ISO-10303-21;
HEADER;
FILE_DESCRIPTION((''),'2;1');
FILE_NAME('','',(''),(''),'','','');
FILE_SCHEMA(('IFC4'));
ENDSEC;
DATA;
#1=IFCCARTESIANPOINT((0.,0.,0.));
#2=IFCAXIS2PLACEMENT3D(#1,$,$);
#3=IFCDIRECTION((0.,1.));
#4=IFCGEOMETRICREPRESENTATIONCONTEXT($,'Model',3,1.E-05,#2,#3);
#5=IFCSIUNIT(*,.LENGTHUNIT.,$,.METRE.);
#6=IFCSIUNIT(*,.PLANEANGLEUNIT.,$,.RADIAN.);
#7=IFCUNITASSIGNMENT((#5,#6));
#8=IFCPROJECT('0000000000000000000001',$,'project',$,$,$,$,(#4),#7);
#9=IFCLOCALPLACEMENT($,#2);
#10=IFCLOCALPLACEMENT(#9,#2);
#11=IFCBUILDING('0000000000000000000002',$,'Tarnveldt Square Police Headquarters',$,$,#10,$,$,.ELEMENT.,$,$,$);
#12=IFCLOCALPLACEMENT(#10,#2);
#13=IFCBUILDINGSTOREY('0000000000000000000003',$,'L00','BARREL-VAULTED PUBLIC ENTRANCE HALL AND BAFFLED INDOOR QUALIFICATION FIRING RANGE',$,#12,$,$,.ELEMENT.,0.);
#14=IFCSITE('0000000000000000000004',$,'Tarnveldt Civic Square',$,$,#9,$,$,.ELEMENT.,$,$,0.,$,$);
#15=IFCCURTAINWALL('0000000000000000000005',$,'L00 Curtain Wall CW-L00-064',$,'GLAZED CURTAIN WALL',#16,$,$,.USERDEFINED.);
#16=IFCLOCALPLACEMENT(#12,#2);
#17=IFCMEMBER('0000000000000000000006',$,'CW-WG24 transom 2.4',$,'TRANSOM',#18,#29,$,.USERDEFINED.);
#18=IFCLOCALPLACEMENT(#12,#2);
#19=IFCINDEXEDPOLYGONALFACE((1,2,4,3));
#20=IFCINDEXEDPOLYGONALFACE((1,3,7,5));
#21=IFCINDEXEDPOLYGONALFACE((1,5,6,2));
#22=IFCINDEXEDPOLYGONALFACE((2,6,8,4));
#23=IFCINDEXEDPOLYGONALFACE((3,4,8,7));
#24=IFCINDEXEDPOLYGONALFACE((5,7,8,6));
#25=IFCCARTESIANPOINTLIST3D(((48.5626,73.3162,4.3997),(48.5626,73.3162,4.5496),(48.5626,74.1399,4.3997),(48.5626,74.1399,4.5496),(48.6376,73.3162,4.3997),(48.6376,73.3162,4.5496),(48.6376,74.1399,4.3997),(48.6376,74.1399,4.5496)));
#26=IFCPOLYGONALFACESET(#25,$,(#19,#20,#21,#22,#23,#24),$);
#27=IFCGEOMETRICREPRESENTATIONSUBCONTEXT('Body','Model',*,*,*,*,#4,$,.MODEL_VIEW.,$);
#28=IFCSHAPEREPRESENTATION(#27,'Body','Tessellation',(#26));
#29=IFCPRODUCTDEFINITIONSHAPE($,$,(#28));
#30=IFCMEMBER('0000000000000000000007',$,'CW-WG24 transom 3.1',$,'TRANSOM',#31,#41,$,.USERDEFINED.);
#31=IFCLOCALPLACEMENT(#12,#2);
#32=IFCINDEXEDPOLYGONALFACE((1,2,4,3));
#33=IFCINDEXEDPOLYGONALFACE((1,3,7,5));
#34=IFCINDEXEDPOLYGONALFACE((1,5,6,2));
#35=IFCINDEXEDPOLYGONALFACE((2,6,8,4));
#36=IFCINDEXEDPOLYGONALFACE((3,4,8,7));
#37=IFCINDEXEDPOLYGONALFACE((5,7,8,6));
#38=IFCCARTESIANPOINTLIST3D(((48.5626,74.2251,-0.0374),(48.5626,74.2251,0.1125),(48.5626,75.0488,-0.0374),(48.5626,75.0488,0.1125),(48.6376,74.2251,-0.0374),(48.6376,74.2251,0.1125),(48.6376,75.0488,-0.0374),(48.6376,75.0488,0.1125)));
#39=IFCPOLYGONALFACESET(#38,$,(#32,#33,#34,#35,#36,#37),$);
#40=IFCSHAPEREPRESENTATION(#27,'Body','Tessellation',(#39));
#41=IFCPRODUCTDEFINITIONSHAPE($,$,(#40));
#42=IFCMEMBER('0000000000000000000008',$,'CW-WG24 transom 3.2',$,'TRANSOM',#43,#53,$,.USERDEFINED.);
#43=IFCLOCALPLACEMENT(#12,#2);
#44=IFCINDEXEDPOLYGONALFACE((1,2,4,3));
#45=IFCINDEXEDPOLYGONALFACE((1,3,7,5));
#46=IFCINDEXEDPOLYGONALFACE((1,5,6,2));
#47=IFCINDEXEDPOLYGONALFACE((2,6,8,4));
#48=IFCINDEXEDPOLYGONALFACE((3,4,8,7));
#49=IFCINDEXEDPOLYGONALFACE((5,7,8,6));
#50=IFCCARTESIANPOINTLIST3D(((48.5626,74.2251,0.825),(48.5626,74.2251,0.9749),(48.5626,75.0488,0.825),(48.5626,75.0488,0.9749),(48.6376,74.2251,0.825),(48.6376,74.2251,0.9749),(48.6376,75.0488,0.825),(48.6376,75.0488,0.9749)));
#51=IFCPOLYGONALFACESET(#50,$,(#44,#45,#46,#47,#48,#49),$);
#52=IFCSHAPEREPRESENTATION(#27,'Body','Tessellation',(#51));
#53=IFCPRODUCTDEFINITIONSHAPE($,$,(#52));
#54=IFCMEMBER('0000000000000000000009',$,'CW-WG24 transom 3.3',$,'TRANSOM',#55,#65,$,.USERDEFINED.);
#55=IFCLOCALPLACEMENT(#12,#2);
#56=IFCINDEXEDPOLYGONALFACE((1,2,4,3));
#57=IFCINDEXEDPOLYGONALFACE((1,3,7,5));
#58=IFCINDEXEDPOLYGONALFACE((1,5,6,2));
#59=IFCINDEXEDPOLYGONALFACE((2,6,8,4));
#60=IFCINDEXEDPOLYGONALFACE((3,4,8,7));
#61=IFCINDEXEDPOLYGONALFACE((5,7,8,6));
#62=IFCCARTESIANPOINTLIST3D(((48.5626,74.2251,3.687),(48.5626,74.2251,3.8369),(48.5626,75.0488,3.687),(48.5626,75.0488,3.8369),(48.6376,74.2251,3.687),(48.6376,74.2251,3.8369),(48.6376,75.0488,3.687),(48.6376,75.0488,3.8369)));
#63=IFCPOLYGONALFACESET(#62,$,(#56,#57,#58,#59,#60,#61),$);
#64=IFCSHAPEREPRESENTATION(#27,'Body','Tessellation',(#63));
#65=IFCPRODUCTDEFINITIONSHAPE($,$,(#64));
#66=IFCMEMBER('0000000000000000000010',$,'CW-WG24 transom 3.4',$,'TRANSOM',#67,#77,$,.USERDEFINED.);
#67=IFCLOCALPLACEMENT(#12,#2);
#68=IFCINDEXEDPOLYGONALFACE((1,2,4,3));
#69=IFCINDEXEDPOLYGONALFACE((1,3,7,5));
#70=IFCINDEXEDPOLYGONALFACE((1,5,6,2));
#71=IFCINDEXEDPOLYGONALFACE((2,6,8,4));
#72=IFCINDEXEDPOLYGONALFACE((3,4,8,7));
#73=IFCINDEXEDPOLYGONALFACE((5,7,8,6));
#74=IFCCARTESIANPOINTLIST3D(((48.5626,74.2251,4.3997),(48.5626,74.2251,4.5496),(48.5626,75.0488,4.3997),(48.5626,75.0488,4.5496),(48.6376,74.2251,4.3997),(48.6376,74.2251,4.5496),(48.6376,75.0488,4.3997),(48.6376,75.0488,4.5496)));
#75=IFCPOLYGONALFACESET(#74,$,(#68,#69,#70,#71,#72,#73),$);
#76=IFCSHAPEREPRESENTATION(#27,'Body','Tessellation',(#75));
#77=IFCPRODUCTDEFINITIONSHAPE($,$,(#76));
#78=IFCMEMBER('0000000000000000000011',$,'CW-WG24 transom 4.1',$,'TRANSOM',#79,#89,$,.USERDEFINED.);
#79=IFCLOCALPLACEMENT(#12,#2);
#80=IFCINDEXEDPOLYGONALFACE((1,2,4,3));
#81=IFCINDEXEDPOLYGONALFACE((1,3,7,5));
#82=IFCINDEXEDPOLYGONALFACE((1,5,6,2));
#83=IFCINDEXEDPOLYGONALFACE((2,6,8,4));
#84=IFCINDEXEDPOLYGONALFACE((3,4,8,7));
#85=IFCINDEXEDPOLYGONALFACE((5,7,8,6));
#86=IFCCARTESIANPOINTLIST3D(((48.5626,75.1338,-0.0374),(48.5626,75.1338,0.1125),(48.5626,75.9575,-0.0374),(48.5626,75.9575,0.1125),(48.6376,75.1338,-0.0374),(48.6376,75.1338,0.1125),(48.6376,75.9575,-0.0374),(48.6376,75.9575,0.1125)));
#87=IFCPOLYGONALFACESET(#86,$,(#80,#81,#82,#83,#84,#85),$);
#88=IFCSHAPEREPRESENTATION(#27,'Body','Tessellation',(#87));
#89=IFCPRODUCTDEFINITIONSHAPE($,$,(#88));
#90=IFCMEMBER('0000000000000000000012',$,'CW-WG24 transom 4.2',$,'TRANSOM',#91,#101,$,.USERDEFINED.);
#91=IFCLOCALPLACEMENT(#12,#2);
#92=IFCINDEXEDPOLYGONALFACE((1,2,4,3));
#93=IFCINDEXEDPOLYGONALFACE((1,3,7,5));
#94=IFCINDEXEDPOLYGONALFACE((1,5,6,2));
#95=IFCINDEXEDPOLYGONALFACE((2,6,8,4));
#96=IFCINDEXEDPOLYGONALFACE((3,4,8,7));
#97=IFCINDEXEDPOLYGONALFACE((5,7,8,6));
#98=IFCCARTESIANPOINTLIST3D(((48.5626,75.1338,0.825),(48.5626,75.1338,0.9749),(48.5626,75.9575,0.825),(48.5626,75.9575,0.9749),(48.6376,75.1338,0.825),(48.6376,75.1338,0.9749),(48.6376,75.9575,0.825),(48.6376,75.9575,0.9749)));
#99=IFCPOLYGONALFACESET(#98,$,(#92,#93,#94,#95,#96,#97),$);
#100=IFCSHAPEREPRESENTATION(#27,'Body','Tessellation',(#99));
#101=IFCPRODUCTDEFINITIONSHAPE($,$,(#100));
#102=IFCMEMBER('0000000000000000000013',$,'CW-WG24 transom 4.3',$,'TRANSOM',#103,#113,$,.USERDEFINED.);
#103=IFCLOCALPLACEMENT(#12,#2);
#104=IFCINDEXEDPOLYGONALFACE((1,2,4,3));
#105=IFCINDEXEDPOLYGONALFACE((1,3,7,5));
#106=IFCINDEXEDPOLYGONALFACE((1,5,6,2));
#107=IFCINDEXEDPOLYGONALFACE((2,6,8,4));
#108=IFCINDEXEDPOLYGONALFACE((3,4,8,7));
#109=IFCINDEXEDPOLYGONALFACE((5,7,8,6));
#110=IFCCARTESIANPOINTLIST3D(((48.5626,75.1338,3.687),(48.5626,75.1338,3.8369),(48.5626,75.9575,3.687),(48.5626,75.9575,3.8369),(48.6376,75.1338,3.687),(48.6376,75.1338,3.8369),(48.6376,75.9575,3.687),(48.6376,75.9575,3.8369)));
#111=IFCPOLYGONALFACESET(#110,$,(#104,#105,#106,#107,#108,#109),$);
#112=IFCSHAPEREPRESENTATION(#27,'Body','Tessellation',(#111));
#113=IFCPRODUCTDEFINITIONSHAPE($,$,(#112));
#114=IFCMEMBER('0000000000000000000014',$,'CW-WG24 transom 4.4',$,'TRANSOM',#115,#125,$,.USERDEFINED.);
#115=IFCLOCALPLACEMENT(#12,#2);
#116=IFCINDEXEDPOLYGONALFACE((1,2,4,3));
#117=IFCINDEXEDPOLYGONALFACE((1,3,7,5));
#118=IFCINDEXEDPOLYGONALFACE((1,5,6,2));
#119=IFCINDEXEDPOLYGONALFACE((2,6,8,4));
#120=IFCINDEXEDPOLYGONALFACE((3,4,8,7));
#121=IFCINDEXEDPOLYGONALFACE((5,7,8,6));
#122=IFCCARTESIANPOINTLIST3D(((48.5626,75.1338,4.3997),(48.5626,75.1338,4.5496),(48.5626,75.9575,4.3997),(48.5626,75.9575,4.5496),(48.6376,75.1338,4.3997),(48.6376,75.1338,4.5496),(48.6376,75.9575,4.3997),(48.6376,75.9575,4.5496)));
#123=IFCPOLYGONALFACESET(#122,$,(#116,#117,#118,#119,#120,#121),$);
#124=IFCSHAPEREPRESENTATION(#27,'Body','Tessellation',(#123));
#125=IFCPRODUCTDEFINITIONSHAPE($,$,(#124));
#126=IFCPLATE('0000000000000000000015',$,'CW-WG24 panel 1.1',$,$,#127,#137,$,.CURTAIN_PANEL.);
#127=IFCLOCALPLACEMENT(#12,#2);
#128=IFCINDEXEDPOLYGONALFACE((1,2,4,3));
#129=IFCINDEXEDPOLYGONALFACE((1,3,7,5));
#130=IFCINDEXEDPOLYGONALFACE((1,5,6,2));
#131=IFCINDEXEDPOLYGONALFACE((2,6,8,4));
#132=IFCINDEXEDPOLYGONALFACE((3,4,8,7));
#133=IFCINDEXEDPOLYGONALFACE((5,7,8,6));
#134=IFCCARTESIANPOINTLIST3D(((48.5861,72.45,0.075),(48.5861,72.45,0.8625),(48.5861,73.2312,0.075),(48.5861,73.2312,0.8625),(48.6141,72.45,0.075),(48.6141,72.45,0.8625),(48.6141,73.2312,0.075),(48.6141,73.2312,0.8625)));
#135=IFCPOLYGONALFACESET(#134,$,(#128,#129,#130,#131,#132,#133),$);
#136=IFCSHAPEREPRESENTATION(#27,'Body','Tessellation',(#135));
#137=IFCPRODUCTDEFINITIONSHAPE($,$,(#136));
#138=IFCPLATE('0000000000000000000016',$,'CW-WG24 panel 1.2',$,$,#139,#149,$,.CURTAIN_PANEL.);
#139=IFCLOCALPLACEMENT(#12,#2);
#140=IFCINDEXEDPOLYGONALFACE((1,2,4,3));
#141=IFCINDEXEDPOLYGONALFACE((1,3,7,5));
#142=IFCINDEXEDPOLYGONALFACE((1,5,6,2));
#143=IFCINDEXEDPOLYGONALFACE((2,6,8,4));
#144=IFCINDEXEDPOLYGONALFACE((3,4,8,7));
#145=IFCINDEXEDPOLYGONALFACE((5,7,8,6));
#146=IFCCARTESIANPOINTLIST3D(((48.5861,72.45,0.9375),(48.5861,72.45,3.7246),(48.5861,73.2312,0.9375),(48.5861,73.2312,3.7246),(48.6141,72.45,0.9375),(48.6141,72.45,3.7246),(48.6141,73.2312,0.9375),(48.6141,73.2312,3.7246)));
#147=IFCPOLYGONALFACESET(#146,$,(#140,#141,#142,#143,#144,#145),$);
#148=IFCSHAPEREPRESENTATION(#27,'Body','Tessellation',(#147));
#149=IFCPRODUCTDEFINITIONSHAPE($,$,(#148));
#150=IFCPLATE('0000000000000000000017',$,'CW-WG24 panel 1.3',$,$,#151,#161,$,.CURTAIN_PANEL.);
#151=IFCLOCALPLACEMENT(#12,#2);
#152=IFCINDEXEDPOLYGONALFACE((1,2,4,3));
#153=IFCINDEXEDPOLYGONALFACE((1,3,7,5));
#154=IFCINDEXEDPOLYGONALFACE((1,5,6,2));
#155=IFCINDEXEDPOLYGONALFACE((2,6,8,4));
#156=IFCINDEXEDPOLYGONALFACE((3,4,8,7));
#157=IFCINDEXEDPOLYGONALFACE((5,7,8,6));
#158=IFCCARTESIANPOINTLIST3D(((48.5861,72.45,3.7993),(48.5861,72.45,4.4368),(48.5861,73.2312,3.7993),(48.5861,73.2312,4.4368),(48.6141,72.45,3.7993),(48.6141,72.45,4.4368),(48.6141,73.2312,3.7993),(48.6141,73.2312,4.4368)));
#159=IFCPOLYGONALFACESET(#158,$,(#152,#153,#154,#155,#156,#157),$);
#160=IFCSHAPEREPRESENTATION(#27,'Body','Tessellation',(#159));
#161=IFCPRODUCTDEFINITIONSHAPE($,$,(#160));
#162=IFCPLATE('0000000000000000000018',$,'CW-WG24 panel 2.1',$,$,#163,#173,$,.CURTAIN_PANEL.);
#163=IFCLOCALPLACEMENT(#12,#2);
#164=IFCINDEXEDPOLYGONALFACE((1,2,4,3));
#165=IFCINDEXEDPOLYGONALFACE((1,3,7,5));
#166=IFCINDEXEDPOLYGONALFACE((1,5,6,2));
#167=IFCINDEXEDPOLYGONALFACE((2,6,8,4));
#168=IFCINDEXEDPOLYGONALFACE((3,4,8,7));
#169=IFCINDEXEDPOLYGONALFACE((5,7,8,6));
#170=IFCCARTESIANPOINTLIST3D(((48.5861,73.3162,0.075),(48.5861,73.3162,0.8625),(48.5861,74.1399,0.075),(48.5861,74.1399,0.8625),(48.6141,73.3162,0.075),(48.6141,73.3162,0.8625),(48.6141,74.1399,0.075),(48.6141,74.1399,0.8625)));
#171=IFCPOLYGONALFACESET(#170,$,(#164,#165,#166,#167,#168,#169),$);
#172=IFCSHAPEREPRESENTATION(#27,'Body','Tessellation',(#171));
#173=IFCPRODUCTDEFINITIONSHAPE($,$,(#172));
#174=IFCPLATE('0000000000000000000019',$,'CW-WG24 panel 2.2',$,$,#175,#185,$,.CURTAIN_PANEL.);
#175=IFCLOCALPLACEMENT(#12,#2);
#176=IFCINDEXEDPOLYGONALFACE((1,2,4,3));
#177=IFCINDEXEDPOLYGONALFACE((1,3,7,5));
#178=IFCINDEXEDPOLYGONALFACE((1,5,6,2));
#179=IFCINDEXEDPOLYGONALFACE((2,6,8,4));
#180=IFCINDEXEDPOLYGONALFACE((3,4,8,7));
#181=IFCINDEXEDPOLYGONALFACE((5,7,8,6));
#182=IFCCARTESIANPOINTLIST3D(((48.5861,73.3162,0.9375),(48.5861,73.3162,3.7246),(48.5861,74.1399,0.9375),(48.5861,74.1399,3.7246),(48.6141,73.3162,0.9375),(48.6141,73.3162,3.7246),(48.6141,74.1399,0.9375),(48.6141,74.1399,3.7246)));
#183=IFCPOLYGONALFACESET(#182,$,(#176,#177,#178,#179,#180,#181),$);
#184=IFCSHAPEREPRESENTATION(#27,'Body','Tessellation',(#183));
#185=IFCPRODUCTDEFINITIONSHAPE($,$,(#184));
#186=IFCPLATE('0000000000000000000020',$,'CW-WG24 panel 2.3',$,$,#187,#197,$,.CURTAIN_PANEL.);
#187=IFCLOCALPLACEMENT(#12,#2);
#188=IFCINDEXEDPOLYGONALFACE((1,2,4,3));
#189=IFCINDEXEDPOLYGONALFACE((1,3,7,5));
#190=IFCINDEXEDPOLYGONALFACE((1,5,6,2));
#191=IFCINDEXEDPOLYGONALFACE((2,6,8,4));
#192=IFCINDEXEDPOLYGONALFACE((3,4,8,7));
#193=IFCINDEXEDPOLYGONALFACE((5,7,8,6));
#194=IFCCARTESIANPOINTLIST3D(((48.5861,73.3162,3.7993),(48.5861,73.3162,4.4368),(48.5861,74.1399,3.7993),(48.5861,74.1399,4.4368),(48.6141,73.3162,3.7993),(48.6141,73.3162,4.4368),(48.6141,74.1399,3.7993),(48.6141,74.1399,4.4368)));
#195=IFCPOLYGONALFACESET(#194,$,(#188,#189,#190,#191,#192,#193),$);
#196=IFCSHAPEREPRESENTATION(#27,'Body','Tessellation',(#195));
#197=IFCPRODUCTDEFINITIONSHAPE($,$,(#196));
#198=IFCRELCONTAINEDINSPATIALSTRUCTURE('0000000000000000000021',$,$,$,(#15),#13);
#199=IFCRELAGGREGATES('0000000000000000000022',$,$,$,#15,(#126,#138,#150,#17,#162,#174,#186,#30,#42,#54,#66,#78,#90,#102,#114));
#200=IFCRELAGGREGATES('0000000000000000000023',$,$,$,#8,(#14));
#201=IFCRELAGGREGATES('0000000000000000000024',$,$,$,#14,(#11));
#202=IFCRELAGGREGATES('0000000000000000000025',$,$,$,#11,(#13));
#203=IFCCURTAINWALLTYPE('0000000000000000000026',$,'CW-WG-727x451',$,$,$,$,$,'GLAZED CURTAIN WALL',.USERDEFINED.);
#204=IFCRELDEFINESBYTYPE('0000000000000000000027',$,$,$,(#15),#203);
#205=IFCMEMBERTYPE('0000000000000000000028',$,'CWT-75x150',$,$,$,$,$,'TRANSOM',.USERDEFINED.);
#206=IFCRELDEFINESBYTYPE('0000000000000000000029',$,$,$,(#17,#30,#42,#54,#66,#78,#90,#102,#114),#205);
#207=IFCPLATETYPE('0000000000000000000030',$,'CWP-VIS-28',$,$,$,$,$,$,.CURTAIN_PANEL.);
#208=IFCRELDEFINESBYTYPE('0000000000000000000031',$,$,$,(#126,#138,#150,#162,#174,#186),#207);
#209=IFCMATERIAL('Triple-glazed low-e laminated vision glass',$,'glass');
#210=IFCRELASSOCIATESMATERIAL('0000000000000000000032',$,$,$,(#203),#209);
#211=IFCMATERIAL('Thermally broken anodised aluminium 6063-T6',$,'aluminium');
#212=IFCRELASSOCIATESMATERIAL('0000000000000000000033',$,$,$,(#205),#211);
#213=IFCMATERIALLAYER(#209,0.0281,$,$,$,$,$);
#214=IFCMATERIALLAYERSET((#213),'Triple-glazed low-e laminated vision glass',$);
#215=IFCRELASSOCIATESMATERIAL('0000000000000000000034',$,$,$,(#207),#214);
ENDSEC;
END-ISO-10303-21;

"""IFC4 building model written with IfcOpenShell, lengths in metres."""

from ifc_helpers import new_model, si_unit, direction, frame, origin, origin_2d, place, context, subcontext, project, spatial, rectangle, extrude, material, layer, layer_set, material_profile, profile_set, type_object, element, aggregate, save


model = new_model("IFC4")

# Units and contexts
model_context = context("Model", 3, precision=1e-05, world=origin(), true_north=direction((0.0, 1.0)))
body_context = subcontext(model_context, "Body", "Model", "MODEL_VIEW")
ifc_project = project(units=[si_unit("LENGTHUNIT", "METRE"), si_unit("PLANEANGLEUNIT", "RADIAN")], contexts=[model_context])

# Site, building, storey
site_placement = place(None, origin())
site = spatial("IfcSite", under=ifc_project, at=site_placement, Name="Tarnveldt Civic Square", CompositionType="ELEMENT", RefElevation=0.0)
building_placement = place(site_placement, origin())
building = spatial("IfcBuilding", under=site, at=building_placement, Name="Tarnveldt Square Police Headquarters", CompositionType="ELEMENT")
storey_placement = place(building_placement, origin())
storey = spatial("IfcBuildingStorey", under=building, at=storey_placement, Name="L00", Description="BARREL-VAULTED PUBLIC ENTRANCE HALL AND BAFFLED INDOOR QUALIFICATION FIRING RANGE", CompositionType="ELEMENT", Elevation=0.0)

# Curtain wall, members, plates
ifc_material_1 = material(Name="Triple-glazed low-e laminated vision glass", Category="glass")
curtain_wall_type = type_object("IfcCurtainWallType", Name="CW-WG-727x451", ElementType="GLAZED CURTAIN WALL", PredefinedType="USERDEFINED", material=ifc_material_1)
curtain_wall_placement = place(storey_placement, origin())
curtain_wall = element("IfcCurtainWall", 1, at=curtain_wall_placement, inside=storey, type_object=curtain_wall_type, Name="L00 Curtain Wall CW-L00-064", ObjectType="GLAZED CURTAIN WALL", PredefinedType="USERDEFINED")
ifc_material_2 = material(Name="Thermally broken anodised aluminium 6063-T6", Category="aluminium")
ifc_material_profile_1 = material_profile(ifc_material_2, rectangle(XDim=0.075, YDim=0.1499, at=origin_2d()), Name="CW-T75x150")
ifc_profile_set_1 = profile_set([ifc_material_profile_1], Name="Thermally broken anodised aluminium 6063-T6")
member_type_1 = type_object("IfcMemberType", Name="CWT-75x150", ElementType="TRANSOM", PredefinedType="USERDEFINED", material=ifc_profile_set_1)
member_1_placement = place(storey_placement, frame((48.6001, 73.3162, 4.4746), z_axis=(0.0, 1.0, 0.0), x_axis=(-1.0, 0.0, 0.0)))
member_1 = element("IfcMember", 2, at=member_1_placement, type_object=member_type_1, Name="CW-WG24 transom 2.4", ObjectType="TRANSOM", PredefinedType="USERDEFINED", context=body_context, shape_type="SweptSolid", body=[
    extrude(rectangle(XDim=0.075, YDim=0.1499, at=origin_2d()), origin(), (0.0, 0.0, 1.0), 0.8237),
])
member_2_placement = place(storey_placement, frame((48.6001, 74.2251, 0.0376), z_axis=(0.0, 1.0, 0.0), x_axis=(-1.0, 0.0, 0.0)))
member_2 = element("IfcMember", 3, at=member_2_placement, type_object=member_type_1, Name="CW-WG24 transom 3.1", ObjectType="TRANSOM", PredefinedType="USERDEFINED", context=body_context, shape_type="SweptSolid", body=[
    extrude(rectangle(XDim=0.075, YDim=0.1499, at=origin_2d()), origin(), (0.0, 0.0, 1.0), 0.8237),
])
member_3_placement = place(storey_placement, frame((48.6001, 74.2251, 0.8999), z_axis=(0.0, 1.0, 0.0), x_axis=(-1.0, 0.0, 0.0)))
member_3 = element("IfcMember", 4, at=member_3_placement, type_object=member_type_1, Name="CW-WG24 transom 3.2", ObjectType="TRANSOM", PredefinedType="USERDEFINED", context=body_context, shape_type="SweptSolid", body=[
    extrude(rectangle(XDim=0.075, YDim=0.1499, at=origin_2d()), origin(), (0.0, 0.0, 1.0), 0.8237),
])
member_4_placement = place(storey_placement, frame((48.6001, 74.2251, 3.762), z_axis=(0.0, 1.0, 0.0), x_axis=(-1.0, 0.0, 0.0)))
member_4 = element("IfcMember", 5, at=member_4_placement, type_object=member_type_1, Name="CW-WG24 transom 3.3", ObjectType="TRANSOM", PredefinedType="USERDEFINED", context=body_context, shape_type="SweptSolid", body=[
    extrude(rectangle(XDim=0.075, YDim=0.1499, at=origin_2d()), origin(), (0.0, 0.0, 1.0), 0.8237),
])
member_5_placement = place(storey_placement, frame((48.6001, 74.2251, 4.4746), z_axis=(0.0, 1.0, 0.0), x_axis=(-1.0, 0.0, 0.0)))
member_5 = element("IfcMember", 6, at=member_5_placement, type_object=member_type_1, Name="CW-WG24 transom 3.4", ObjectType="TRANSOM", PredefinedType="USERDEFINED", context=body_context, shape_type="SweptSolid", body=[
    extrude(rectangle(XDim=0.075, YDim=0.1499, at=origin_2d()), origin(), (0.0, 0.0, 1.0), 0.8237),
])
member_6_placement = place(storey_placement, frame((48.6001, 75.1338, 0.0376), z_axis=(0.0, 1.0, 0.0), x_axis=(-1.0, 0.0, 0.0)))
member_6 = element("IfcMember", 7, at=member_6_placement, type_object=member_type_1, Name="CW-WG24 transom 4.1", ObjectType="TRANSOM", PredefinedType="USERDEFINED", context=body_context, shape_type="SweptSolid", body=[
    extrude(rectangle(XDim=0.075, YDim=0.1499, at=origin_2d()), origin(), (0.0, 0.0, 1.0), 0.8237),
])
member_7_placement = place(storey_placement, frame((48.6001, 75.1338, 0.8999), z_axis=(0.0, 1.0, 0.0), x_axis=(-1.0, 0.0, 0.0)))
member_7 = element("IfcMember", 8, at=member_7_placement, type_object=member_type_1, Name="CW-WG24 transom 4.2", ObjectType="TRANSOM", PredefinedType="USERDEFINED", context=body_context, shape_type="SweptSolid", body=[
    extrude(rectangle(XDim=0.075, YDim=0.1499, at=origin_2d()), origin(), (0.0, 0.0, 1.0), 0.8237),
])
member_8_placement = place(storey_placement, frame((48.6001, 75.1338, 3.762), z_axis=(0.0, 1.0, 0.0), x_axis=(-1.0, 0.0, 0.0)))
member_8 = element("IfcMember", 9, at=member_8_placement, type_object=member_type_1, Name="CW-WG24 transom 4.3", ObjectType="TRANSOM", PredefinedType="USERDEFINED", context=body_context, shape_type="SweptSolid", body=[
    extrude(rectangle(XDim=0.075, YDim=0.1499, at=origin_2d()), origin(), (0.0, 0.0, 1.0), 0.8237),
])
member_9_placement = place(storey_placement, frame((48.6001, 75.1338, 4.4746), z_axis=(0.0, 1.0, 0.0), x_axis=(-1.0, 0.0, 0.0)))
member_9 = element("IfcMember", 10, at=member_9_placement, type_object=member_type_1, Name="CW-WG24 transom 4.4", ObjectType="TRANSOM", PredefinedType="USERDEFINED", context=body_context, shape_type="SweptSolid", body=[
    extrude(rectangle(XDim=0.075, YDim=0.1499, at=origin_2d()), origin(), (0.0, 0.0, 1.0), 0.8237),
])
ifc_layer = layer(ifc_material_1, 0.0281)
ifc_layer_set = layer_set([ifc_layer], Name="Triple-glazed low-e laminated vision glass")
plate_type = type_object("IfcPlateType", Name="CWP-VIS-28", PredefinedType="CURTAIN_PANEL", material=ifc_layer_set)
plate_1_placement = place(storey_placement, frame((48.6001, 72.8406, 0.075), z_axis=(0.0, 0.0, 1.0), x_axis=(0.0, 1.0, 0.0)))
plate_1 = element("IfcPlate", 11, at=plate_1_placement, type_object=plate_type, Name="CW-WG24 panel 1.1", PredefinedType="CURTAIN_PANEL", context=body_context, shape_type="SweptSolid", body=[
    extrude(rectangle(XDim=0.7812, YDim=0.0281, at=origin_2d()), origin(), (0.0, 0.0, 1.0), 0.7876),
])
plate_2_placement = place(storey_placement, frame((48.6001, 72.8406, 0.9375), z_axis=(0.0, 0.0, 1.0), x_axis=(0.0, 1.0, 0.0)))
plate_2 = element("IfcPlate", 12, at=plate_2_placement, type_object=plate_type, Name="CW-WG24 panel 1.2", PredefinedType="CURTAIN_PANEL", context=body_context, shape_type="SweptSolid", body=[
    extrude(rectangle(XDim=0.7812, YDim=0.0281, at=origin_2d()), origin(), (0.0, 0.0, 1.0), 2.7871),
])
plate_3_placement = place(storey_placement, frame((48.6001, 72.8406, 3.7993), z_axis=(0.0, 0.0, 1.0), x_axis=(0.0, 1.0, 0.0)))
plate_3 = element("IfcPlate", 13, at=plate_3_placement, type_object=plate_type, Name="CW-WG24 panel 1.3", PredefinedType="CURTAIN_PANEL", context=body_context, shape_type="SweptSolid", body=[
    extrude(rectangle(XDim=0.7812, YDim=0.0281, at=origin_2d()), origin(), (0.0, 0.0, 1.0), 0.6375),
])
plate_4_placement = place(storey_placement, frame((48.6001, 73.728, 0.075), z_axis=(0.0, 0.0, 1.0), x_axis=(0.0, 1.0, 0.0)))
plate_4 = element("IfcPlate", 14, at=plate_4_placement, type_object=plate_type, Name="CW-WG24 panel 2.1", PredefinedType="CURTAIN_PANEL", context=body_context, shape_type="SweptSolid", body=[
    extrude(rectangle(XDim=0.8237, YDim=0.0281, at=origin_2d()), origin(), (0.0, 0.0, 1.0), 0.7876),
])
plate_5_placement = place(storey_placement, frame((48.6001, 73.728, 0.9375), z_axis=(0.0, 0.0, 1.0), x_axis=(0.0, 1.0, 0.0)))
plate_5 = element("IfcPlate", 15, at=plate_5_placement, type_object=plate_type, Name="CW-WG24 panel 2.2", PredefinedType="CURTAIN_PANEL", context=body_context, shape_type="SweptSolid", body=[
    extrude(rectangle(XDim=0.8237, YDim=0.0281, at=origin_2d()), origin(), (0.0, 0.0, 1.0), 2.7871),
])
plate_6_placement = place(storey_placement, frame((48.6001, 73.728, 3.7993), z_axis=(0.0, 0.0, 1.0), x_axis=(0.0, 1.0, 0.0)))
plate_6 = element("IfcPlate", 16, at=plate_6_placement, type_object=plate_type, Name="CW-WG24 panel 2.3", PredefinedType="CURTAIN_PANEL", context=body_context, shape_type="SweptSolid", body=[
    extrude(rectangle(XDim=0.8237, YDim=0.0281, at=origin_2d()), origin(), (0.0, 0.0, 1.0), 0.6375),
])
aggregate(curtain_wall, [plate_1, plate_2, plate_3, member_1, plate_4, plate_5, plate_6, member_2, member_3, member_4, member_5, member_6, member_7, member_8, member_9])

save(model, "model.ifc")
